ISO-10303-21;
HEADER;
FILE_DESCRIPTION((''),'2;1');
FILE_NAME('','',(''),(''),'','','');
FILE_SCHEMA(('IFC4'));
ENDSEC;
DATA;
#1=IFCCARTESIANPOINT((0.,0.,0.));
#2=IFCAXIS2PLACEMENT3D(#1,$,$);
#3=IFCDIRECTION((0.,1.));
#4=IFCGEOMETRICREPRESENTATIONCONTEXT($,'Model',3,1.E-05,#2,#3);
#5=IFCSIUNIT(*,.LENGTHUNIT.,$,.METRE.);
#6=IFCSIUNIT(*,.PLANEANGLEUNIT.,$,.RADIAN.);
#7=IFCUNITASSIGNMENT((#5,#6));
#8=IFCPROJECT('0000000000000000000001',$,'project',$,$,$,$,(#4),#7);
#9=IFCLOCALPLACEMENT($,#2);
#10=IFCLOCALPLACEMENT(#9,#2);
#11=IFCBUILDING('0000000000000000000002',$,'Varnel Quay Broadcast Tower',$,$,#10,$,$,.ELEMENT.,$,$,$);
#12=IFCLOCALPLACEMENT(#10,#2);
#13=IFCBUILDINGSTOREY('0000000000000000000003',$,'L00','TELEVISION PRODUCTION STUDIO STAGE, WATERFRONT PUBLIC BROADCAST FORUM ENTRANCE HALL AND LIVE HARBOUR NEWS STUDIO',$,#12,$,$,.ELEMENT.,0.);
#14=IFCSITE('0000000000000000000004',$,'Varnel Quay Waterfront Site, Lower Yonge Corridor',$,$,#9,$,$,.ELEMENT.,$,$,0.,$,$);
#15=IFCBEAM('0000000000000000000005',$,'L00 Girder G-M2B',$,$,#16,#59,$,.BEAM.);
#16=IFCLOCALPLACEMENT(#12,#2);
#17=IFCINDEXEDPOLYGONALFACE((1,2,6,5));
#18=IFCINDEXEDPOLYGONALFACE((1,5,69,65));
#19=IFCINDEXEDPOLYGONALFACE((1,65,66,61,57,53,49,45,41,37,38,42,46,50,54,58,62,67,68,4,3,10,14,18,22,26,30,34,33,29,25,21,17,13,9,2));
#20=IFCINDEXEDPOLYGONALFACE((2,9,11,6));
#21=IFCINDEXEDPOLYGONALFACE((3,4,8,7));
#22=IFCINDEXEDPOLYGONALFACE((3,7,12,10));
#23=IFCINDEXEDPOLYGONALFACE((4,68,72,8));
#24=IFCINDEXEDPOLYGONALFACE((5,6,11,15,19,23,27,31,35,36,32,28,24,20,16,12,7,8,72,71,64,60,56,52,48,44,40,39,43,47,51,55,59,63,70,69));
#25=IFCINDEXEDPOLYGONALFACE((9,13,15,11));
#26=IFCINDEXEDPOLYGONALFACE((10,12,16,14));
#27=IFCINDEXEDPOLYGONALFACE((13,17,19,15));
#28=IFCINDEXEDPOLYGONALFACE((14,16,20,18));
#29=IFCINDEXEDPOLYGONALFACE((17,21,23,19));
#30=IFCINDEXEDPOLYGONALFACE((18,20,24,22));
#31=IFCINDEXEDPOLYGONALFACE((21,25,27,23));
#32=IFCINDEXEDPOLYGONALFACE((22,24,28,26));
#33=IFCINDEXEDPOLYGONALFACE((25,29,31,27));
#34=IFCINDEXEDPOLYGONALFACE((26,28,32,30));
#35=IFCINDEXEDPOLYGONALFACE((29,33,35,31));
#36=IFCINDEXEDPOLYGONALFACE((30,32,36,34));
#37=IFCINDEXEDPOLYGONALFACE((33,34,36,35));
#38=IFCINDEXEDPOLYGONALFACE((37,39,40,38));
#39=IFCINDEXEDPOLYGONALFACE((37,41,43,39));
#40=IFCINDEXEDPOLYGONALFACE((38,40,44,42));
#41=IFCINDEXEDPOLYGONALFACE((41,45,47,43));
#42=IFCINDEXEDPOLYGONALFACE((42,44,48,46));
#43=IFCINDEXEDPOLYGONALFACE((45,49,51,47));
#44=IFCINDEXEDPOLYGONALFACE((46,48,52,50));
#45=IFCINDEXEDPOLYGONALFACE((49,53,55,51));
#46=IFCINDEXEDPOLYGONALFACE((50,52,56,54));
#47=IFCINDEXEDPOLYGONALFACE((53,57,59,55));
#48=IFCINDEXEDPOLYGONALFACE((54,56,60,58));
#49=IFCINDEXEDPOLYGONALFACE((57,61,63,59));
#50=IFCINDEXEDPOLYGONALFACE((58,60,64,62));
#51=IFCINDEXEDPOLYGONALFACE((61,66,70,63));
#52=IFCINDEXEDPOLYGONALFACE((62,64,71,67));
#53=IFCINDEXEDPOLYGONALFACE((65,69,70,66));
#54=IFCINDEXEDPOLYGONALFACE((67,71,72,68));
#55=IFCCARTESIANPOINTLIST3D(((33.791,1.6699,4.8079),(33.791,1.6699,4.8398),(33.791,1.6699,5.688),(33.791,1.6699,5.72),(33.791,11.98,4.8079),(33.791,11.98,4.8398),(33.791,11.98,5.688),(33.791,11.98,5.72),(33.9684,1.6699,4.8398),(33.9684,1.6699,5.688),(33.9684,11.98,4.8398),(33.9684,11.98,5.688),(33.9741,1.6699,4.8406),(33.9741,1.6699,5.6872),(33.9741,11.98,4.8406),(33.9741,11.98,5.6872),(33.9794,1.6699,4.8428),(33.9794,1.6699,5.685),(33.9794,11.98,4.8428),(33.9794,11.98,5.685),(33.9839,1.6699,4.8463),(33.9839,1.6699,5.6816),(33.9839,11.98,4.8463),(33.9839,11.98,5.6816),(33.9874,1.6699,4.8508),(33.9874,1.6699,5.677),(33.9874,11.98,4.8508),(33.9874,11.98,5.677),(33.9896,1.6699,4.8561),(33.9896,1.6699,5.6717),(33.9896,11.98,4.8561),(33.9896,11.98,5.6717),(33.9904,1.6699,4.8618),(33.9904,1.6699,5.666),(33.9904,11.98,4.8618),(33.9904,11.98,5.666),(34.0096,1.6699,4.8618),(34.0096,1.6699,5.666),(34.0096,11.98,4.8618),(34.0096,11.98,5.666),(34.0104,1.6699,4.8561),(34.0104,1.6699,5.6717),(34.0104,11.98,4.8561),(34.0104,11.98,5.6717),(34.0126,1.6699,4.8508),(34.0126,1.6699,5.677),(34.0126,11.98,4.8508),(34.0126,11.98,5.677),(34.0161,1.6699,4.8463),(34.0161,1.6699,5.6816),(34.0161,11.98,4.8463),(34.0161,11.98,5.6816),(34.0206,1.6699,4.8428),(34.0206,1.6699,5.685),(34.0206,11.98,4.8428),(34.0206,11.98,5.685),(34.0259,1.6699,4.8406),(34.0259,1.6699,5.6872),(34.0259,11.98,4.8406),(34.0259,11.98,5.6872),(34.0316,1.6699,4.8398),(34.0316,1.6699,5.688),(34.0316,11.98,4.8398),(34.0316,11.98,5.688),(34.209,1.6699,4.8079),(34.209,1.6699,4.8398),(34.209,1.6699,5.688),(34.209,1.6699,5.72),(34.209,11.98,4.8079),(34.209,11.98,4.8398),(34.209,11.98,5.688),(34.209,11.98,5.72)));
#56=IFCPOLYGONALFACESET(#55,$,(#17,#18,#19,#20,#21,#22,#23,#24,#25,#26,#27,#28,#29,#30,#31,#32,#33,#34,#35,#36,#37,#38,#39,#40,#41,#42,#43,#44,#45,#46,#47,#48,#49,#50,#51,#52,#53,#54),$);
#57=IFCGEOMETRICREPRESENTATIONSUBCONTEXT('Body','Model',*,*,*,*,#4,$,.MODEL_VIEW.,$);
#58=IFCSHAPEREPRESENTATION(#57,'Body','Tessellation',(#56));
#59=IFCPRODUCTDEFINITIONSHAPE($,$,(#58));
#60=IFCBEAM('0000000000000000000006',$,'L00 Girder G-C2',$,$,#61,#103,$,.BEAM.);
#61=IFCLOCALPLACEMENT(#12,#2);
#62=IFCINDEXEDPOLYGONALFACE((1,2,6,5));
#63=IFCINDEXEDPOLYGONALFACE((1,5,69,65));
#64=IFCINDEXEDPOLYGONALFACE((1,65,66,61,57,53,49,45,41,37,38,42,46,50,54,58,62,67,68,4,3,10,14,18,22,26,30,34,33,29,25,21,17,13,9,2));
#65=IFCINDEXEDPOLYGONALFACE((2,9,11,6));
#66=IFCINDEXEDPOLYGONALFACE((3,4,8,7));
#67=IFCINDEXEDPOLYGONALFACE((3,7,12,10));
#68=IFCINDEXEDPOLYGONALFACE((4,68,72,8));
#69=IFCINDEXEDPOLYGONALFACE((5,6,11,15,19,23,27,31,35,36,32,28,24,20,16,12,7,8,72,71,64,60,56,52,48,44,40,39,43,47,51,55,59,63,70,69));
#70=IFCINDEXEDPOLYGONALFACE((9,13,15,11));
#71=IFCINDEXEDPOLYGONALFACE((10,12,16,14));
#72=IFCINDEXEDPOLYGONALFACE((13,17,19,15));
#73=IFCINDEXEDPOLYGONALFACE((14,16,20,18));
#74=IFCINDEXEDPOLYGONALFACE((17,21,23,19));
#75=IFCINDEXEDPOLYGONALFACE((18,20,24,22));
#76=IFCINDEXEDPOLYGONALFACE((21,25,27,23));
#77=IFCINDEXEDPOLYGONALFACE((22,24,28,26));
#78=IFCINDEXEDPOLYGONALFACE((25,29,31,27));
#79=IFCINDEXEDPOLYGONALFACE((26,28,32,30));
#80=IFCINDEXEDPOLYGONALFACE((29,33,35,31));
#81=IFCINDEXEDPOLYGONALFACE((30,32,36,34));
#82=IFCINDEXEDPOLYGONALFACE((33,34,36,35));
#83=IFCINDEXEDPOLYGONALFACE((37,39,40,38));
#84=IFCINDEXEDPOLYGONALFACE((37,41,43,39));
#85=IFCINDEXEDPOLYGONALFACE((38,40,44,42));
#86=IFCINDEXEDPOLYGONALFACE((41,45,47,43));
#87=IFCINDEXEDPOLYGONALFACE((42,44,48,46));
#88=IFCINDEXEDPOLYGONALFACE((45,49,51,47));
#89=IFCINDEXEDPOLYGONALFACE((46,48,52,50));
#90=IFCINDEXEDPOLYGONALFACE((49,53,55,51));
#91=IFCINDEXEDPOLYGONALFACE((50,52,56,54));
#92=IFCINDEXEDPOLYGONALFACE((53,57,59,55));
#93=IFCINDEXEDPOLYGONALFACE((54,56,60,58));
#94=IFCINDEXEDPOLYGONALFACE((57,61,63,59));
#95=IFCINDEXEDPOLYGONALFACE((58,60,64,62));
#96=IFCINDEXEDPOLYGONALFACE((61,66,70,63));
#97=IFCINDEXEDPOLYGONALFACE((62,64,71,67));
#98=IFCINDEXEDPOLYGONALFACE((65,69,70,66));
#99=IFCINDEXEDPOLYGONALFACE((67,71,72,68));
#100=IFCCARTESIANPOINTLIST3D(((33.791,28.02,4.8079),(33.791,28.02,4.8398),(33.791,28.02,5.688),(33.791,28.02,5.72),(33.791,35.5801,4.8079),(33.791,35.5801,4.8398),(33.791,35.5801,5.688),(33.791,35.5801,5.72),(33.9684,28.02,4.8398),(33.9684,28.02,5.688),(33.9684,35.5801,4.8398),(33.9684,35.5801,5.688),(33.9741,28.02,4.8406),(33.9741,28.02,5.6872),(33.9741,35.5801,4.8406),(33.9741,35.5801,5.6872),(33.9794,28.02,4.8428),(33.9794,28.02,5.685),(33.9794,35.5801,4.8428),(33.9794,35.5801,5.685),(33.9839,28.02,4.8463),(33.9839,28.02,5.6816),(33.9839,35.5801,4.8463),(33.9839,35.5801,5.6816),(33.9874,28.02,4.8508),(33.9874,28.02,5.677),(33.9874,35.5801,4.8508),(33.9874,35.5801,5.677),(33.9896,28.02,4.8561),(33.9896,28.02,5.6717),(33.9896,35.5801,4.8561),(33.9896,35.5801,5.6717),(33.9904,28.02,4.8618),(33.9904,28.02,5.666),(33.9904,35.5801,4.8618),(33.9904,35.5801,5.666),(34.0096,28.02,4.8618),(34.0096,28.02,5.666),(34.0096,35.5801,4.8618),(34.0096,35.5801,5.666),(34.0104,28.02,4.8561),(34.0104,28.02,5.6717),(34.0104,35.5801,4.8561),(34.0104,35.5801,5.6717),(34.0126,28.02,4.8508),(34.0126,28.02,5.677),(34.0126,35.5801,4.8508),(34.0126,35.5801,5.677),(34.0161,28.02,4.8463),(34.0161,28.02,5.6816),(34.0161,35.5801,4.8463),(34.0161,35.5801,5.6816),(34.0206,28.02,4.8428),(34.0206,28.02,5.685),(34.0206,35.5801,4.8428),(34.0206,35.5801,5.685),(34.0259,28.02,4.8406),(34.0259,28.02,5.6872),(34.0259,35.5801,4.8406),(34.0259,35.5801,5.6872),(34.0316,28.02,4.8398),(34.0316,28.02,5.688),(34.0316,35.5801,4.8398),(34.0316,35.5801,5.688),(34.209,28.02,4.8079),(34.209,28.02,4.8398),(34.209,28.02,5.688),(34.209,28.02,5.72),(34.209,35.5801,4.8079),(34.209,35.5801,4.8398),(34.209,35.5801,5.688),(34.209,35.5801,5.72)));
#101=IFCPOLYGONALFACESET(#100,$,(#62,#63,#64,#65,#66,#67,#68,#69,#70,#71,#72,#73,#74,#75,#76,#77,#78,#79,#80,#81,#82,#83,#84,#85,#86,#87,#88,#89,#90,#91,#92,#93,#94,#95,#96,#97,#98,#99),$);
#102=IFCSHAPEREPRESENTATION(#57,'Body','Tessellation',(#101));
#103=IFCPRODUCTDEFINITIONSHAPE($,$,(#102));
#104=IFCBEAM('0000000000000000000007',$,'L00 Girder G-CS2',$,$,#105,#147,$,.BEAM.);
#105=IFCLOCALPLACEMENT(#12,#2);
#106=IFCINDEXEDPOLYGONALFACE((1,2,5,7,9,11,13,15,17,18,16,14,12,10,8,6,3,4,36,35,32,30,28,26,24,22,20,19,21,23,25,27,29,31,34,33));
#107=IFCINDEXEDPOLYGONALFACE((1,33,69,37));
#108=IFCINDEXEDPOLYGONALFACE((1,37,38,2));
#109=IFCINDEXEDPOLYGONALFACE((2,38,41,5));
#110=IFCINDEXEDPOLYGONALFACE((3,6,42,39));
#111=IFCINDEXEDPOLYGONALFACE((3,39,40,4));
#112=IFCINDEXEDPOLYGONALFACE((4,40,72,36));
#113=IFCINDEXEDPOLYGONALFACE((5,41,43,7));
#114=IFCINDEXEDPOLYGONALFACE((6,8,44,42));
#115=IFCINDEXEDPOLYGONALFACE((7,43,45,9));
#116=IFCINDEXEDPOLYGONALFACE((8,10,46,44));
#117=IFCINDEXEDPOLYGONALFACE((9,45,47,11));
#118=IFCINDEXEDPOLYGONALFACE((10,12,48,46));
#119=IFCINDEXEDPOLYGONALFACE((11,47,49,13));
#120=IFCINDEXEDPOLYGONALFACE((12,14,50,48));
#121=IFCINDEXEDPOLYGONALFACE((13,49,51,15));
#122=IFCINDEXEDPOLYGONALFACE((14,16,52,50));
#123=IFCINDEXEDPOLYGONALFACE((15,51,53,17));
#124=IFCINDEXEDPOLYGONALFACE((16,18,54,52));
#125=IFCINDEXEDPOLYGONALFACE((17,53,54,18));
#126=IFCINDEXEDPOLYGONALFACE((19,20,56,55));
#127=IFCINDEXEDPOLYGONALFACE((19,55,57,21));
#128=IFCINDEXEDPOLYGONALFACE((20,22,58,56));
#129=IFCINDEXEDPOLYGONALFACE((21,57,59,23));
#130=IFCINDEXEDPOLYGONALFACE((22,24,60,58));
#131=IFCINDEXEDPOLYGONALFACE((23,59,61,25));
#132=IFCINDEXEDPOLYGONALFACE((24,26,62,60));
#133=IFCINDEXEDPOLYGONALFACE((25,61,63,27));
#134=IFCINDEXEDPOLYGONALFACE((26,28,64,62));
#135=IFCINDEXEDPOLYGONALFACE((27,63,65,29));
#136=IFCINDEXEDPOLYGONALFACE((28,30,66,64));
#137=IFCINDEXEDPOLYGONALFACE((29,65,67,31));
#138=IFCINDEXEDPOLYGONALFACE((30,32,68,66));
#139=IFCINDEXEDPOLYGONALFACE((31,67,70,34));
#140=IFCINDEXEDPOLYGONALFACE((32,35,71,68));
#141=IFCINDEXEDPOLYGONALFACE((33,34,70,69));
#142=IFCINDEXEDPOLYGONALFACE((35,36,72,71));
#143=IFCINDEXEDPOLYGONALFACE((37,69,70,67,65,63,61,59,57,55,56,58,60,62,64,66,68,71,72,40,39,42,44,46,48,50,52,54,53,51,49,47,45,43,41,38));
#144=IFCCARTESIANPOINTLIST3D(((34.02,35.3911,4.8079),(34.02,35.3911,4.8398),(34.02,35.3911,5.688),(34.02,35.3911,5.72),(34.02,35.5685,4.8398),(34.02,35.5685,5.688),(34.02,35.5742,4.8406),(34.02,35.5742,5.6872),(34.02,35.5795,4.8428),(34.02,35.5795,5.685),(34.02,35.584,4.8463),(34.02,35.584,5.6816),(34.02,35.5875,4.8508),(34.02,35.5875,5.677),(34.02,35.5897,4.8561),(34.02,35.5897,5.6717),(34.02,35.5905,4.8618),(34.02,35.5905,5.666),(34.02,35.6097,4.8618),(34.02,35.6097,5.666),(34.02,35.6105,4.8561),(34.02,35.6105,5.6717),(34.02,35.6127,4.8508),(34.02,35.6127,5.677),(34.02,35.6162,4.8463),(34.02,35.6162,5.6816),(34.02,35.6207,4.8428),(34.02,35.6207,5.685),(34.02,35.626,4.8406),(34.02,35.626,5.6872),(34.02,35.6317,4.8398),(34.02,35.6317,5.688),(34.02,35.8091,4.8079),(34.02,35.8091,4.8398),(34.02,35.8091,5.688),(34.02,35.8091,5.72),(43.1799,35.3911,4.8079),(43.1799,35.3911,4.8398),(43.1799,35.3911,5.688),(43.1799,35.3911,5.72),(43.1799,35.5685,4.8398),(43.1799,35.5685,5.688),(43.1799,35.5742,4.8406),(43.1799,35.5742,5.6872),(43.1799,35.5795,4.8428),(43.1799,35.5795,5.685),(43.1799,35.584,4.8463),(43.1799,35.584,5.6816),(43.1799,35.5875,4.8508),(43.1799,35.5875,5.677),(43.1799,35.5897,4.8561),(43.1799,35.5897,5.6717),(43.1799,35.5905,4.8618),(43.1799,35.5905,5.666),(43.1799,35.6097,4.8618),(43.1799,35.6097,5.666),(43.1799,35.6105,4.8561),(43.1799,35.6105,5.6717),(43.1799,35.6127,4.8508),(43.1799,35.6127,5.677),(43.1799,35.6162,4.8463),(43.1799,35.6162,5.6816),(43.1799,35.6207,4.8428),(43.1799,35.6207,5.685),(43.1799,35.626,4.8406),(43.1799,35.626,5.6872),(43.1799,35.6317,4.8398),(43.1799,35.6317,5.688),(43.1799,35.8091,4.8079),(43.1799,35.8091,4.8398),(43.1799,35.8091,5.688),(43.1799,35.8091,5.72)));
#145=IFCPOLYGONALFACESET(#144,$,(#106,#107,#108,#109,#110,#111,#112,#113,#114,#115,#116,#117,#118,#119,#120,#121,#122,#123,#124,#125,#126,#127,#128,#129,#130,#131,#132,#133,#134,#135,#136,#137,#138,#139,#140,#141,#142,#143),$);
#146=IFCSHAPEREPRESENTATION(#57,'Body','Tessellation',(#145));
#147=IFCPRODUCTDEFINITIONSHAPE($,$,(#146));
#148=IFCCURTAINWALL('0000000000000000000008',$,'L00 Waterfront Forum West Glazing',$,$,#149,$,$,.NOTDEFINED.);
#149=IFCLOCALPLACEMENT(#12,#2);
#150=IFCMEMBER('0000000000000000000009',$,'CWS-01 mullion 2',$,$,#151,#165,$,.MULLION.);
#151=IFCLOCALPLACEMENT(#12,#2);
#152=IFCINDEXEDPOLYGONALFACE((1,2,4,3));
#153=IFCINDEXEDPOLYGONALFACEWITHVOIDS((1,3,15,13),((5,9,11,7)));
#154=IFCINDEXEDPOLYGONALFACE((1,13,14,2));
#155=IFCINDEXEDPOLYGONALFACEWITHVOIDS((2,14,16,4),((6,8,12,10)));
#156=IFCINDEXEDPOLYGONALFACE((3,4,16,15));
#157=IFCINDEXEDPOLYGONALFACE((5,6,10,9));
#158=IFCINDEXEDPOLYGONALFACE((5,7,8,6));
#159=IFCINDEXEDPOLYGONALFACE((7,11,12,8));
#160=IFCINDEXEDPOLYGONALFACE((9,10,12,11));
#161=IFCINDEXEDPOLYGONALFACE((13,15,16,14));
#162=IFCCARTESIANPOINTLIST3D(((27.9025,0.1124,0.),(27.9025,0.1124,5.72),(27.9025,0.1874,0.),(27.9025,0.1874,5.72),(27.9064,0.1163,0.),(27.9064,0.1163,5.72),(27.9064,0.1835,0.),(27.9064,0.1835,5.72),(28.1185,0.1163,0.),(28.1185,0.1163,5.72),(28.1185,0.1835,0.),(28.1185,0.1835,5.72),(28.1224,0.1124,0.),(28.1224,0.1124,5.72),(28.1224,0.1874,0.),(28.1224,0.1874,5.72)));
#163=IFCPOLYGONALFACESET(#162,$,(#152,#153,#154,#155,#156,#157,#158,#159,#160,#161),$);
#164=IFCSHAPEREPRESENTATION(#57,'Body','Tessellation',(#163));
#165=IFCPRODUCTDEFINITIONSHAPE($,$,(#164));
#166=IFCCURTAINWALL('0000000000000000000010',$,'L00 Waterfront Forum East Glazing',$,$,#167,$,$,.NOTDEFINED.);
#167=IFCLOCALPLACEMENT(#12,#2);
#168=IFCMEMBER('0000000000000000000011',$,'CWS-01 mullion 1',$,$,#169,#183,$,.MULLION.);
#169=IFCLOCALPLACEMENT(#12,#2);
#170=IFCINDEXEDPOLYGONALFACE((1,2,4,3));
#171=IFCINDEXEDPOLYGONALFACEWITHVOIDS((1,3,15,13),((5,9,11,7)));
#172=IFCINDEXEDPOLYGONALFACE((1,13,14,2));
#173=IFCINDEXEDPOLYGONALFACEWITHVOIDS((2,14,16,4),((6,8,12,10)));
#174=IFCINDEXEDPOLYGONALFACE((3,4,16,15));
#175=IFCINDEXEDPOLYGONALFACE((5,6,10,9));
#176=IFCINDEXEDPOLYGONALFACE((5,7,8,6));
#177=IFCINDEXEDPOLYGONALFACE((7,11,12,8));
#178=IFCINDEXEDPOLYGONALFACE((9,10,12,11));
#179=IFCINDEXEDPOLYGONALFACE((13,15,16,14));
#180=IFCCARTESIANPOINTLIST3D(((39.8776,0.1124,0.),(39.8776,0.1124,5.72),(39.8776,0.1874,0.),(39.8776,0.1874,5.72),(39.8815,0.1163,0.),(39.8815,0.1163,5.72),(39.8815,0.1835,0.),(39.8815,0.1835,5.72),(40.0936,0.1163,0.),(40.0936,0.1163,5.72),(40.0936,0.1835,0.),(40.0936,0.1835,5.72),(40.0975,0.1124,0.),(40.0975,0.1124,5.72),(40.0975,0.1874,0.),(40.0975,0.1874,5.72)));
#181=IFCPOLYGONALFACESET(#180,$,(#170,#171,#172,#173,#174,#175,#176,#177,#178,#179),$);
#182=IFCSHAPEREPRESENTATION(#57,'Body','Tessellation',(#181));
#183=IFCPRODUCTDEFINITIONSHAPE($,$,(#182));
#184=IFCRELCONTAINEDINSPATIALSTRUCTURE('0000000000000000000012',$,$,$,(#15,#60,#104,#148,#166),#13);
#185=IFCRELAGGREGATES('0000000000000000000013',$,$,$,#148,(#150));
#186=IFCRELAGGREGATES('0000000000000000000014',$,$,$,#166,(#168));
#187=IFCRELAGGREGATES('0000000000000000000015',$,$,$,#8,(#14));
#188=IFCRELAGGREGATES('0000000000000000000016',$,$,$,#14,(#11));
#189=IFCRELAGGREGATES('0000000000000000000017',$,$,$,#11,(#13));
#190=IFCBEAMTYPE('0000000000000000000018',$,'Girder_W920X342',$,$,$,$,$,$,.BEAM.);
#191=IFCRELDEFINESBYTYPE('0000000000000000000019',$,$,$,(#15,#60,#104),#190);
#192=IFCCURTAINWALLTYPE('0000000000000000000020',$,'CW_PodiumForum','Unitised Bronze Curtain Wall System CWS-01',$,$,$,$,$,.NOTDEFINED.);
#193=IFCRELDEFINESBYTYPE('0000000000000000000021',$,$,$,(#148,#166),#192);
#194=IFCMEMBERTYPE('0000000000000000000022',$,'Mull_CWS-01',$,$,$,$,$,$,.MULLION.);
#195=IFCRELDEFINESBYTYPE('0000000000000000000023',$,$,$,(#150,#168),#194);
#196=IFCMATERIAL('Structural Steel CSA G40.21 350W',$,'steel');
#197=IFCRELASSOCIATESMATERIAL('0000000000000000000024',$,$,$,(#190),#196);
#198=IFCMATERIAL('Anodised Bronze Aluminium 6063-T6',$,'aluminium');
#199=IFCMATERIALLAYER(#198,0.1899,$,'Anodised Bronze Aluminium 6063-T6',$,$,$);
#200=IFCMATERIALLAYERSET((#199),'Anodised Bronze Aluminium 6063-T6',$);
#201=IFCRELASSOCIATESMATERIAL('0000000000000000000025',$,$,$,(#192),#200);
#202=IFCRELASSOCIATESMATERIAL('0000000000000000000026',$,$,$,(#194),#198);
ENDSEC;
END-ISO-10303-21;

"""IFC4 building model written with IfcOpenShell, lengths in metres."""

from ifc_helpers import new_model, si_unit, direction, frame, origin, origin_2d, place, context, subcontext, project, spatial, hollow_rectangle, i_section, extrude, source, transform, mapped, material, layer, layer_set, material_profile, profile_set, type_object, type_shapes, element, aggregate, save


model = new_model("IFC4")

# Units and contexts
model_context = context("Model", 3, precision=1e-05, world=origin(), true_north=direction((0.0, 1.0)))
body_context = subcontext(model_context, "Body", "Model", "MODEL_VIEW")
ifc_project = project(units=[si_unit("LENGTHUNIT", "METRE"), si_unit("PLANEANGLEUNIT", "RADIAN")], contexts=[model_context])

# Site, building, storey
site_placement = place(None, origin())
site = spatial("IfcSite", under=ifc_project, at=site_placement, Name="Varnel Quay Waterfront Site, Lower Yonge Corridor", CompositionType="ELEMENT", RefElevation=0.0)
building_placement = place(site_placement, origin())
building = spatial("IfcBuilding", under=site, at=building_placement, Name="Varnel Quay Broadcast Tower", CompositionType="ELEMENT")
storey_placement = place(building_placement, origin())
storey = spatial("IfcBuildingStorey", under=building, at=storey_placement, Name="L00", Description="TELEVISION PRODUCTION STUDIO STAGE, WATERFRONT PUBLIC BROADCAST FORUM ENTRANCE HALL AND LIVE HARBOUR NEWS STUDIO", CompositionType="ELEMENT", Elevation=0.0)

# Shared definitions
ifc_material_1 = material(Name="Structural Steel CSA G40.21 350W", Category="steel")

# Beams
ifc_material_profile_1 = material_profile(ifc_material_1, i_section(OverallWidth=0.418, OverallDepth=0.9121, WebThickness=0.0193, FlangeThickness=0.032, FilletRadius=0.022, at=origin_2d()), Name="W920X342")
ifc_profile_set_1 = profile_set([ifc_material_profile_1], Name="Structural Steel CSA G40.21 350W")
beam_type = type_object("IfcBeamType", Name="Girder_W920X342", PredefinedType="BEAM", material=ifc_profile_set_1)
shared_shape_1 = source(origin(), body_context, "Body", "SweptSolid", [
    extrude(i_section(OverallWidth=0.418, OverallDepth=0.9121, WebThickness=0.0193, FlangeThickness=0.032, FilletRadius=0.022, at=origin_2d()), origin(), (0.0, 0.0, 1.0), 10.3101),
])
beam_1_placement = place(storey_placement, frame((34.0, 1.6699, 5.2639), z_axis=(0.0, 1.0, 0.0), x_axis=(-1.0, 0.0, 0.0)))
element("IfcBeam", 1, at=beam_1_placement, inside=storey, type_object=beam_type, Name="L00 Girder G-M2B", PredefinedType="BEAM", context=body_context, shape_type="MappedRepresentation", body=[
    mapped(shared_shape_1, transform((0.0, 0.0, 0.0), x_axis=(1.0, 0.0, 0.0), y_axis=(0.0, 1.0, 0.0), z_axis=(0.0, 0.0, 1.0), scale=1.0)),
])
shared_shape_2 = source(origin(), body_context, "Body", "SweptSolid", [
    extrude(i_section(OverallWidth=0.418, OverallDepth=0.9121, WebThickness=0.0193, FlangeThickness=0.032, FilletRadius=0.022, at=origin_2d()), origin(), (0.0, 0.0, 1.0), 7.5601),
])
beam_2_placement = place(storey_placement, frame((34.0, 28.02, 5.2639), z_axis=(0.0, 1.0, 0.0), x_axis=(-1.0, 0.0, 0.0)))
element("IfcBeam", 2, at=beam_2_placement, inside=storey, type_object=beam_type, Name="L00 Girder G-C2", PredefinedType="BEAM", context=body_context, shape_type="MappedRepresentation", body=[
    mapped(shared_shape_2, transform((0.0, 0.0, 0.0), x_axis=(1.0, 0.0, 0.0), y_axis=(0.0, 1.0, 0.0), z_axis=(0.0, 0.0, 1.0), scale=1.0)),
])
shared_shape_3 = source(origin(), body_context, "Body", "SweptSolid", [
    extrude(i_section(OverallWidth=0.418, OverallDepth=0.9121, WebThickness=0.0193, FlangeThickness=0.032, FilletRadius=0.022, at=origin_2d()), origin(), (0.0, 0.0, 1.0), 9.1599),
])
beam_3_placement = place(storey_placement, frame((34.02, 35.6001, 5.2639), z_axis=(1.0, 0.0, 0.0), x_axis=(0.0, 1.0, 0.0)))
element("IfcBeam", 3, at=beam_3_placement, inside=storey, type_object=beam_type, Name="L00 Girder G-CS2", PredefinedType="BEAM", context=body_context, shape_type="MappedRepresentation", body=[
    mapped(shared_shape_3, transform((0.0, 0.0, 0.0), x_axis=(1.0, 0.0, 0.0), y_axis=(0.0, 1.0, 0.0), z_axis=(0.0, 0.0, 1.0), scale=1.0)),
])

# Curtain wall, member
ifc_material_2 = material(Name="Anodised Bronze Aluminium 6063-T6", Category="aluminium")
ifc_layer_1 = layer(ifc_material_2, 0.1899, Name="Anodised Bronze Aluminium 6063-T6")
ifc_layer_set_1 = layer_set([ifc_layer_1], Name="Anodised Bronze Aluminium 6063-T6")
curtain_wall_type = type_object("IfcCurtainWallType", Name="CW_PodiumForum", Description="Unitised Bronze Curtain Wall System CWS-01", PredefinedType="NOTDEFINED", material=ifc_layer_set_1)
curtain_wall_1_placement = place(storey_placement, origin())
curtain_wall_1 = element("IfcCurtainWall", 4, at=curtain_wall_1_placement, inside=storey, type_object=curtain_wall_type, Name="L00 Waterfront Forum West Glazing", PredefinedType="NOTDEFINED")
ifc_material_profile_2 = material_profile(ifc_material_2, hollow_rectangle(XDim=0.075, YDim=0.22, WallThickness=0.0039, at=origin_2d()), Name="ALU75X220X4")
ifc_profile_set_2 = profile_set([ifc_material_profile_2], Name="Anodised Bronze Aluminium 6063-T6")
member_type_1 = type_object("IfcMemberType", Name="Mull_CWS-01", PredefinedType="MULLION", material=ifc_profile_set_2)
shared_shape_4 = source(origin(), body_context, "Body", "SweptSolid", [
    extrude(hollow_rectangle(XDim=0.075, YDim=0.22, WallThickness=0.0039, at=origin_2d()), origin(), (0.0, 0.0, 1.0), 5.72),
])
type_shapes(member_type_1, [shared_shape_4])
member_1_placement = place(storey_placement, frame((28.0125, 0.1499, 0.0), z_axis=(0.0, 0.0, 1.0), x_axis=(0.0, 1.0, 0.0)))
member_1 = element("IfcMember", 5, at=member_1_placement, type_object=member_type_1, Name="CWS-01 mullion 2", PredefinedType="MULLION", context=body_context, shape_type="MappedRepresentation", body=[
    mapped(shared_shape_4, transform((0.0, 0.0, 0.0), x_axis=(1.0, 0.0, 0.0), y_axis=(0.0, 1.0, 0.0), z_axis=(0.0, 0.0, 1.0), scale=1.0)),
])
aggregate(curtain_wall_1, [member_1])

# Curtain wall, member
curtain_wall_2_placement = place(storey_placement, origin())
curtain_wall_2 = element("IfcCurtainWall", 6, at=curtain_wall_2_placement, inside=storey, type_object=curtain_wall_type, Name="L00 Waterfront Forum East Glazing", PredefinedType="NOTDEFINED")
member_2_placement = place(storey_placement, frame((39.9875, 0.1499, 0.0), z_axis=(0.0, 0.0, 1.0), x_axis=(0.0, 1.0, 0.0)))
member_2 = element("IfcMember", 7, at=member_2_placement, type_object=member_type_1, Name="CWS-01 mullion 1", PredefinedType="MULLION", context=body_context, shape_type="MappedRepresentation", body=[
    mapped(shared_shape_4, transform((0.0, 0.0, 0.0), x_axis=(1.0, 0.0, 0.0), y_axis=(0.0, 1.0, 0.0), z_axis=(0.0, 0.0, 1.0), scale=1.0)),
])
aggregate(curtain_wall_2, [member_2])

save(model, "model.ifc")
